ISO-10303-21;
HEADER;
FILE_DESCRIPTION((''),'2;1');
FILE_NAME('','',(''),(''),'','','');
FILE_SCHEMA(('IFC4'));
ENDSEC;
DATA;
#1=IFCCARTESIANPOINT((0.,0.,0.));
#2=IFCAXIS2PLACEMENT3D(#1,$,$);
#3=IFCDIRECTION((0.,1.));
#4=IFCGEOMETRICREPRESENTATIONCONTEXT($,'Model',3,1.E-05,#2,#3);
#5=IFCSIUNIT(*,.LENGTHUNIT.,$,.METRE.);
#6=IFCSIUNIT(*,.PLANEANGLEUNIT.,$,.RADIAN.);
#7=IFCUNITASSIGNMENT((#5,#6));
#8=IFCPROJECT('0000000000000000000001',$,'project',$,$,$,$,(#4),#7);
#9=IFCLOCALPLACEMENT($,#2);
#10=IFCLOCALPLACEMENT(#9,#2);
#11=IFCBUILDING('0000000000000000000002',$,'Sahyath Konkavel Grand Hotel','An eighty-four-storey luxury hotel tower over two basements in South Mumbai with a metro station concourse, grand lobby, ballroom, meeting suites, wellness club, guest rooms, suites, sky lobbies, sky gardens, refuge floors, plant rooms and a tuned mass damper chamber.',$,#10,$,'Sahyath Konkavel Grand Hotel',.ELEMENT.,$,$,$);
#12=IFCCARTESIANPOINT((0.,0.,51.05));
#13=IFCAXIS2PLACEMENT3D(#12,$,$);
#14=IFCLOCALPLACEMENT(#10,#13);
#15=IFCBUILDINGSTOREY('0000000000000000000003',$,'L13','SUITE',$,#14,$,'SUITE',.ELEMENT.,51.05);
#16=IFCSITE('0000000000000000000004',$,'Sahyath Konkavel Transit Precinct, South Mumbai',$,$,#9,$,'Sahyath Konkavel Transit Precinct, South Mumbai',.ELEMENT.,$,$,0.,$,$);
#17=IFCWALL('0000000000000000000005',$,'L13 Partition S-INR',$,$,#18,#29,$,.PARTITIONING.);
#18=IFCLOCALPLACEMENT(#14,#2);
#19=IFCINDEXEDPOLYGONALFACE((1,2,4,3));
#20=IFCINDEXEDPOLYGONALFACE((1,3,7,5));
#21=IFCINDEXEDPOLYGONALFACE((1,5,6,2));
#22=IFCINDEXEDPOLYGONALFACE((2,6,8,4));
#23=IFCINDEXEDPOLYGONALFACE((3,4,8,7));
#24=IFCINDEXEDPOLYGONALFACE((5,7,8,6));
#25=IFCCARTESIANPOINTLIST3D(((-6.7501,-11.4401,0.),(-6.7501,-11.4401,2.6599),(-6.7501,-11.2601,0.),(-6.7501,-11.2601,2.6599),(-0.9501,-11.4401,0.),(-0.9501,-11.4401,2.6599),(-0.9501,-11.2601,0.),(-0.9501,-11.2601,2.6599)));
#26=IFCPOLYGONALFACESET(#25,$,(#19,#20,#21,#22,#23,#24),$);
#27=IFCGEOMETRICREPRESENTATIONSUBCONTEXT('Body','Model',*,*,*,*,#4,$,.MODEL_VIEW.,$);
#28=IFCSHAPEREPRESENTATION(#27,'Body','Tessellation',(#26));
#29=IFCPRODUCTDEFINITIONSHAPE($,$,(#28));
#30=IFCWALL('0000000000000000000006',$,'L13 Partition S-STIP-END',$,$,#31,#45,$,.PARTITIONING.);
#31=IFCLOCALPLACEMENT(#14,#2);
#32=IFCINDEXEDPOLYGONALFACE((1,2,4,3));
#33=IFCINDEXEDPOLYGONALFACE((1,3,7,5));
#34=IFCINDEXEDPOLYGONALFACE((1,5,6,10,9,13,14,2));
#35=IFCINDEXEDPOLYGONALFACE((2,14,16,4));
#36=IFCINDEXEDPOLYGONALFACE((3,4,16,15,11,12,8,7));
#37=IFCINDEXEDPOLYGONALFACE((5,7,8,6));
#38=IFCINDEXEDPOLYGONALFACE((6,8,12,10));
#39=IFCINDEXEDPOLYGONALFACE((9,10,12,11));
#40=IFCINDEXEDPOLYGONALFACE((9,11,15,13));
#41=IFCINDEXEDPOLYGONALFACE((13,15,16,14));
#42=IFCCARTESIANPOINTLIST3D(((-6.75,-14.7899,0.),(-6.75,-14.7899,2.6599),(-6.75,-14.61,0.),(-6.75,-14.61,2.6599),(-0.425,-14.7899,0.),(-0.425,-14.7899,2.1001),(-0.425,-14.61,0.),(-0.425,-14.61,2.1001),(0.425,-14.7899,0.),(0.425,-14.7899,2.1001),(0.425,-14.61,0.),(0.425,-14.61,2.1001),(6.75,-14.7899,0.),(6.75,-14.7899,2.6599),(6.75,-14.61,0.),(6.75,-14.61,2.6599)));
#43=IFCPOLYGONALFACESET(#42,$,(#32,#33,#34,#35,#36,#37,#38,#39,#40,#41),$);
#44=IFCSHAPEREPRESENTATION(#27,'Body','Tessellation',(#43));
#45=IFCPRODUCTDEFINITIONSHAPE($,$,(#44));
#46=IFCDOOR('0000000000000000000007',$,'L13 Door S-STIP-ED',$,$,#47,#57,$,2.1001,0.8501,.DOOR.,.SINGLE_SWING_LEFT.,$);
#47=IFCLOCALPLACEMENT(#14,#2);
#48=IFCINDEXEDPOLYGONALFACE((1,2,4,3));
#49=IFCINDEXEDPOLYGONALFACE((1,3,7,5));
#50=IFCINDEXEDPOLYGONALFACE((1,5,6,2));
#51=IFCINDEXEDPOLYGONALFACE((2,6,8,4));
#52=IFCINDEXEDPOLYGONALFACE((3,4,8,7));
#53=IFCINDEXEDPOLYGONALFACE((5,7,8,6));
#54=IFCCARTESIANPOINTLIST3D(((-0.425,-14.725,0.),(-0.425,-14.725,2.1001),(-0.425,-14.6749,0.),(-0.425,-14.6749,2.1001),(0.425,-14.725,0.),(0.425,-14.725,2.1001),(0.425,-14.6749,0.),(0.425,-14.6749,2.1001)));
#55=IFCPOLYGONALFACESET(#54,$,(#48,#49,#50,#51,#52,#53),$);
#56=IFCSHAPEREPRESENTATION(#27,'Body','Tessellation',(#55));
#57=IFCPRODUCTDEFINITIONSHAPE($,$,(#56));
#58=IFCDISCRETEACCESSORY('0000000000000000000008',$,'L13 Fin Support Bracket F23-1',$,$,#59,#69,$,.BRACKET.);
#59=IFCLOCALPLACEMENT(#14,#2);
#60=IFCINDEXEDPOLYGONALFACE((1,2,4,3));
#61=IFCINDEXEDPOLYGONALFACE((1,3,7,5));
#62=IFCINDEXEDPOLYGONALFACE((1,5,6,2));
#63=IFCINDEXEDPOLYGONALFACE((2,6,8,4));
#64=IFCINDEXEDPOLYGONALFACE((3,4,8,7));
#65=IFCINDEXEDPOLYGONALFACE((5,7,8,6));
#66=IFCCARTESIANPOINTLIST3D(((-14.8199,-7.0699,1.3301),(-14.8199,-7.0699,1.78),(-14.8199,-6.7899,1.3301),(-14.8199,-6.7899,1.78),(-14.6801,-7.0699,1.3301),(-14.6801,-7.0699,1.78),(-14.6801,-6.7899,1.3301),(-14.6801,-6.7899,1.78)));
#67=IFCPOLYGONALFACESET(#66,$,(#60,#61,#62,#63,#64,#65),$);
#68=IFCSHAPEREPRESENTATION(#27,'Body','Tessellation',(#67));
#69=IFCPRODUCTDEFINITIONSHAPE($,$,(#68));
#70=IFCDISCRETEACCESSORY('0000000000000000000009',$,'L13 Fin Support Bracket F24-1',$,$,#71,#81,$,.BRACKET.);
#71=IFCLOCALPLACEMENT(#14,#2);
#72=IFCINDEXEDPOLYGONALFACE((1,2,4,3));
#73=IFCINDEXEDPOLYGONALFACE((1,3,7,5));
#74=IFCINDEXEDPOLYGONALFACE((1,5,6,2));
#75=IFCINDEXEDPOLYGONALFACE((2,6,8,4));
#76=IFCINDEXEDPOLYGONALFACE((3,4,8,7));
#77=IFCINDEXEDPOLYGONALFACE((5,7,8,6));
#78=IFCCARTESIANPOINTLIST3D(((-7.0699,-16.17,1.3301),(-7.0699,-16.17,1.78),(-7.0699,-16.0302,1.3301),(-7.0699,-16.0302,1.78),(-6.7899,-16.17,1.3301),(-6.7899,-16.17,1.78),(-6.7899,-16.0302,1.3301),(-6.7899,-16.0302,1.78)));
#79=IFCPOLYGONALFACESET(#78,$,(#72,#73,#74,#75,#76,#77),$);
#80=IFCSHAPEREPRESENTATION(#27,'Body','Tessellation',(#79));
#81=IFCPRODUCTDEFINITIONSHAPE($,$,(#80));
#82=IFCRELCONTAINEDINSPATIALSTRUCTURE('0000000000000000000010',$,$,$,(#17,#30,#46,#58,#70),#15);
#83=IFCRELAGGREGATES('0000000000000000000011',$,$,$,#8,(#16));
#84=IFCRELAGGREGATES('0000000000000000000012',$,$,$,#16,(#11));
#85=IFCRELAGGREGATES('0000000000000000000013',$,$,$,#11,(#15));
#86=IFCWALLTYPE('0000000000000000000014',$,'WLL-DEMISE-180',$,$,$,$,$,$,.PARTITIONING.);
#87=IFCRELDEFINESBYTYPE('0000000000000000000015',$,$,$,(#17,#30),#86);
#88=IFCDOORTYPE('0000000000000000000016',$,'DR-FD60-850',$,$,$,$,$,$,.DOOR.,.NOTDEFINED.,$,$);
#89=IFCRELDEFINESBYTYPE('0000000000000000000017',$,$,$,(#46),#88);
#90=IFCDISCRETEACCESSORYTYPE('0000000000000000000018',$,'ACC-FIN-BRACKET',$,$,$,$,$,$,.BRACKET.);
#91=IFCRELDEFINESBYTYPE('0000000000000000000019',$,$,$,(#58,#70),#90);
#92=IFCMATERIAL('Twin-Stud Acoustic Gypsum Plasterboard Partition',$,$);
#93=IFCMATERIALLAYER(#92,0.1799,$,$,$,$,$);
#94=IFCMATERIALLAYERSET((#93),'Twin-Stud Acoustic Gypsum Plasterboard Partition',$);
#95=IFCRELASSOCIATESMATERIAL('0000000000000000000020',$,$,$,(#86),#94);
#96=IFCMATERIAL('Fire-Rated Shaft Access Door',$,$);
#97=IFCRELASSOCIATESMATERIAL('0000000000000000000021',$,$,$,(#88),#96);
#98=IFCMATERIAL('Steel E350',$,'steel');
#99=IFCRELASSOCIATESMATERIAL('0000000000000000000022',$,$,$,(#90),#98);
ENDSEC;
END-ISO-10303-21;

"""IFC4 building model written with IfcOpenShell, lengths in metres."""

from ifc_helpers import new_model, si_unit, direction, frame, frame_2d, origin, origin_2d, place, context, subcontext, project, spatial, rectangle, extrude, source, transform, mapped, material, layer, layer_set, type_object, element, fill, save


model = new_model("IFC4")

# Units and contexts
model_context = context("Model", 3, precision=1e-05, world=origin(), true_north=direction((0.0, 1.0)))
body_context = subcontext(model_context, "Body", "Model", "MODEL_VIEW")
ifc_project = project(units=[si_unit("LENGTHUNIT", "METRE"), si_unit("PLANEANGLEUNIT", "RADIAN")], contexts=[model_context])

# Site, building, storey
site_placement = place(None, origin())
site = spatial("IfcSite", under=ifc_project, at=site_placement, Name="Sahyath Konkavel Transit Precinct, South Mumbai", LongName="Sahyath Konkavel Transit Precinct, South Mumbai", CompositionType="ELEMENT", RefElevation=0.0)
building_placement = place(site_placement, origin())
building = spatial("IfcBuilding", under=site, at=building_placement, Name="Sahyath Konkavel Grand Hotel", Description="An eighty-four-storey luxury hotel tower over two basements in South Mumbai with a metro station concourse, grand lobby, ballroom, meeting suites, wellness club, guest rooms, suites, sky lobbies, sky gardens, refuge floors, plant rooms and a tuned mass damper chamber.", LongName="Sahyath Konkavel Grand Hotel", CompositionType="ELEMENT")
storey_placement = place(building_placement, frame((0.0, 0.0, 51.05)))
storey = spatial("IfcBuildingStorey", under=building, at=storey_placement, Name="L13", Description="SUITE", LongName="SUITE", CompositionType="ELEMENT", Elevation=51.05)

# Shared definitions
ifc_material_1 = material(Name="Steel E350", Category="steel")

# Wall
ifc_material_2 = material(Name="Twin-Stud Acoustic Gypsum Plasterboard Partition")
ifc_layer_1 = layer(ifc_material_2, 0.1799)
ifc_layer_set_1 = layer_set([ifc_layer_1], Name="Twin-Stud Acoustic Gypsum Plasterboard Partition")
wall_type_1 = type_object("IfcWallType", Name="WLL-DEMISE-180", PredefinedType="PARTITIONING", material=ifc_layer_set_1)
wall_1_placement = place(storey_placement, frame((-6.75, -11.3501, 0.0), z_axis=(0.0, 0.0, 1.0), x_axis=(1.0, 0.0, 0.0)))
element("IfcWall", 1, at=wall_1_placement, inside=storey, type_object=wall_type_1, Name="L13 Partition S-INR", PredefinedType="PARTITIONING", context=body_context, shape_type="SweptSolid", body=[
    extrude(rectangle(XDim=5.8, YDim=0.1799, at=frame_2d((2.8999, 0.0))), origin(), (0.0, 0.0, 1.0), 2.6599),
])

# Wall, opening, door
wall_2_placement = place(storey_placement, frame((-6.75, -14.7, 0.0), z_axis=(0.0, 0.0, 1.0), x_axis=(1.0, 0.0, 0.0)))
wall_2 = element("IfcWall", 2, at=wall_2_placement, inside=storey, type_object=wall_type_1, Name="L13 Partition S-STIP-END", PredefinedType="PARTITIONING", context=body_context, shape_type="SweptSolid", body=[
    extrude(rectangle(XDim=13.5, YDim=0.1799, at=frame_2d((6.75, 0.0))), origin(), (0.0, 0.0, 1.0), 2.6599),
])
opening_placement = place(wall_2_placement, frame((6.325, 0.0, 0.0)))
opening = element("IfcOpeningElement", 3, at=opening_placement, cuts=wall_2, PredefinedType="OPENING", context=body_context, shape_type="SweptSolid", body=[
    extrude(rectangle(XDim=0.8501, YDim=2.1001, at=frame_2d((0.425, 1.05))), frame((0.0, 0.1001, 0.0), z_axis=(0.0, -1.0, 0.0), x_axis=(1.0, 0.0, 0.0)), (0.0, 0.0, 1.0), 0.2),
])
ifc_material_3 = material(Name="Fire-Rated Shaft Access Door")
door_type = type_object("IfcDoorType", Name="DR-FD60-850", OperationType="NOTDEFINED", PredefinedType="DOOR", material=ifc_material_3)
shared_shape_1 = source(origin(), body_context, "Body", "SweptSolid", [
    extrude(rectangle(XDim=0.8501, YDim=0.05, at=origin_2d()), origin(), (0.0, 0.0, 1.0), 2.1001),
])
door_placement = place(opening_placement, frame((0.425, 0.0, 0.0)))
door = element("IfcDoor", 4, at=door_placement, inside=storey, type_object=door_type, Name="L13 Door S-STIP-ED", OperationType="SINGLE_SWING_LEFT", OverallHeight=2.1001, OverallWidth=0.8501, PredefinedType="DOOR", context=body_context, shape_type="MappedRepresentation", body=[
    mapped(shared_shape_1, transform((0.0, 0.0, 0.0), scale=1.0)),
])
fill(opening, door)

# Discrete accessories
discrete_accessory_type = type_object("IfcDiscreteAccessoryType", Name="ACC-FIN-BRACKET", PredefinedType="BRACKET", material=ifc_material_1)
shared_shape_2 = source(origin(), body_context, "Body", "SweptSolid", [
    extrude(rectangle(XDim=0.28, YDim=0.1399, at=origin_2d()), origin(), (0.0, 0.0, 1.0), 0.45),
])
for number, where, z_axis, x_axis, name in (
    (5, (-14.75, -6.9299, 1.3301), (0.0, 0.0, 1.0), (0.0, -1.0, 0.0), "L13 Fin Support Bracket F23-1"),
    (6, (-6.9299, -16.1001, 1.3301), (0.0, 0.0, 1.0), (-1.0, 0.0, 0.0), "L13 Fin Support Bracket F24-1"),
):
    element("IfcDiscreteAccessory", number, at=place(storey_placement, frame(where, z_axis=z_axis, x_axis=x_axis)), inside=storey, type_object=discrete_accessory_type, Name=name, PredefinedType="BRACKET", context=body_context, shape_type="MappedRepresentation", body=[
        mapped(shared_shape_2, transform((0.0, 0.0, 0.0), scale=1.0)),
    ])

save(model, "model.ifc")
